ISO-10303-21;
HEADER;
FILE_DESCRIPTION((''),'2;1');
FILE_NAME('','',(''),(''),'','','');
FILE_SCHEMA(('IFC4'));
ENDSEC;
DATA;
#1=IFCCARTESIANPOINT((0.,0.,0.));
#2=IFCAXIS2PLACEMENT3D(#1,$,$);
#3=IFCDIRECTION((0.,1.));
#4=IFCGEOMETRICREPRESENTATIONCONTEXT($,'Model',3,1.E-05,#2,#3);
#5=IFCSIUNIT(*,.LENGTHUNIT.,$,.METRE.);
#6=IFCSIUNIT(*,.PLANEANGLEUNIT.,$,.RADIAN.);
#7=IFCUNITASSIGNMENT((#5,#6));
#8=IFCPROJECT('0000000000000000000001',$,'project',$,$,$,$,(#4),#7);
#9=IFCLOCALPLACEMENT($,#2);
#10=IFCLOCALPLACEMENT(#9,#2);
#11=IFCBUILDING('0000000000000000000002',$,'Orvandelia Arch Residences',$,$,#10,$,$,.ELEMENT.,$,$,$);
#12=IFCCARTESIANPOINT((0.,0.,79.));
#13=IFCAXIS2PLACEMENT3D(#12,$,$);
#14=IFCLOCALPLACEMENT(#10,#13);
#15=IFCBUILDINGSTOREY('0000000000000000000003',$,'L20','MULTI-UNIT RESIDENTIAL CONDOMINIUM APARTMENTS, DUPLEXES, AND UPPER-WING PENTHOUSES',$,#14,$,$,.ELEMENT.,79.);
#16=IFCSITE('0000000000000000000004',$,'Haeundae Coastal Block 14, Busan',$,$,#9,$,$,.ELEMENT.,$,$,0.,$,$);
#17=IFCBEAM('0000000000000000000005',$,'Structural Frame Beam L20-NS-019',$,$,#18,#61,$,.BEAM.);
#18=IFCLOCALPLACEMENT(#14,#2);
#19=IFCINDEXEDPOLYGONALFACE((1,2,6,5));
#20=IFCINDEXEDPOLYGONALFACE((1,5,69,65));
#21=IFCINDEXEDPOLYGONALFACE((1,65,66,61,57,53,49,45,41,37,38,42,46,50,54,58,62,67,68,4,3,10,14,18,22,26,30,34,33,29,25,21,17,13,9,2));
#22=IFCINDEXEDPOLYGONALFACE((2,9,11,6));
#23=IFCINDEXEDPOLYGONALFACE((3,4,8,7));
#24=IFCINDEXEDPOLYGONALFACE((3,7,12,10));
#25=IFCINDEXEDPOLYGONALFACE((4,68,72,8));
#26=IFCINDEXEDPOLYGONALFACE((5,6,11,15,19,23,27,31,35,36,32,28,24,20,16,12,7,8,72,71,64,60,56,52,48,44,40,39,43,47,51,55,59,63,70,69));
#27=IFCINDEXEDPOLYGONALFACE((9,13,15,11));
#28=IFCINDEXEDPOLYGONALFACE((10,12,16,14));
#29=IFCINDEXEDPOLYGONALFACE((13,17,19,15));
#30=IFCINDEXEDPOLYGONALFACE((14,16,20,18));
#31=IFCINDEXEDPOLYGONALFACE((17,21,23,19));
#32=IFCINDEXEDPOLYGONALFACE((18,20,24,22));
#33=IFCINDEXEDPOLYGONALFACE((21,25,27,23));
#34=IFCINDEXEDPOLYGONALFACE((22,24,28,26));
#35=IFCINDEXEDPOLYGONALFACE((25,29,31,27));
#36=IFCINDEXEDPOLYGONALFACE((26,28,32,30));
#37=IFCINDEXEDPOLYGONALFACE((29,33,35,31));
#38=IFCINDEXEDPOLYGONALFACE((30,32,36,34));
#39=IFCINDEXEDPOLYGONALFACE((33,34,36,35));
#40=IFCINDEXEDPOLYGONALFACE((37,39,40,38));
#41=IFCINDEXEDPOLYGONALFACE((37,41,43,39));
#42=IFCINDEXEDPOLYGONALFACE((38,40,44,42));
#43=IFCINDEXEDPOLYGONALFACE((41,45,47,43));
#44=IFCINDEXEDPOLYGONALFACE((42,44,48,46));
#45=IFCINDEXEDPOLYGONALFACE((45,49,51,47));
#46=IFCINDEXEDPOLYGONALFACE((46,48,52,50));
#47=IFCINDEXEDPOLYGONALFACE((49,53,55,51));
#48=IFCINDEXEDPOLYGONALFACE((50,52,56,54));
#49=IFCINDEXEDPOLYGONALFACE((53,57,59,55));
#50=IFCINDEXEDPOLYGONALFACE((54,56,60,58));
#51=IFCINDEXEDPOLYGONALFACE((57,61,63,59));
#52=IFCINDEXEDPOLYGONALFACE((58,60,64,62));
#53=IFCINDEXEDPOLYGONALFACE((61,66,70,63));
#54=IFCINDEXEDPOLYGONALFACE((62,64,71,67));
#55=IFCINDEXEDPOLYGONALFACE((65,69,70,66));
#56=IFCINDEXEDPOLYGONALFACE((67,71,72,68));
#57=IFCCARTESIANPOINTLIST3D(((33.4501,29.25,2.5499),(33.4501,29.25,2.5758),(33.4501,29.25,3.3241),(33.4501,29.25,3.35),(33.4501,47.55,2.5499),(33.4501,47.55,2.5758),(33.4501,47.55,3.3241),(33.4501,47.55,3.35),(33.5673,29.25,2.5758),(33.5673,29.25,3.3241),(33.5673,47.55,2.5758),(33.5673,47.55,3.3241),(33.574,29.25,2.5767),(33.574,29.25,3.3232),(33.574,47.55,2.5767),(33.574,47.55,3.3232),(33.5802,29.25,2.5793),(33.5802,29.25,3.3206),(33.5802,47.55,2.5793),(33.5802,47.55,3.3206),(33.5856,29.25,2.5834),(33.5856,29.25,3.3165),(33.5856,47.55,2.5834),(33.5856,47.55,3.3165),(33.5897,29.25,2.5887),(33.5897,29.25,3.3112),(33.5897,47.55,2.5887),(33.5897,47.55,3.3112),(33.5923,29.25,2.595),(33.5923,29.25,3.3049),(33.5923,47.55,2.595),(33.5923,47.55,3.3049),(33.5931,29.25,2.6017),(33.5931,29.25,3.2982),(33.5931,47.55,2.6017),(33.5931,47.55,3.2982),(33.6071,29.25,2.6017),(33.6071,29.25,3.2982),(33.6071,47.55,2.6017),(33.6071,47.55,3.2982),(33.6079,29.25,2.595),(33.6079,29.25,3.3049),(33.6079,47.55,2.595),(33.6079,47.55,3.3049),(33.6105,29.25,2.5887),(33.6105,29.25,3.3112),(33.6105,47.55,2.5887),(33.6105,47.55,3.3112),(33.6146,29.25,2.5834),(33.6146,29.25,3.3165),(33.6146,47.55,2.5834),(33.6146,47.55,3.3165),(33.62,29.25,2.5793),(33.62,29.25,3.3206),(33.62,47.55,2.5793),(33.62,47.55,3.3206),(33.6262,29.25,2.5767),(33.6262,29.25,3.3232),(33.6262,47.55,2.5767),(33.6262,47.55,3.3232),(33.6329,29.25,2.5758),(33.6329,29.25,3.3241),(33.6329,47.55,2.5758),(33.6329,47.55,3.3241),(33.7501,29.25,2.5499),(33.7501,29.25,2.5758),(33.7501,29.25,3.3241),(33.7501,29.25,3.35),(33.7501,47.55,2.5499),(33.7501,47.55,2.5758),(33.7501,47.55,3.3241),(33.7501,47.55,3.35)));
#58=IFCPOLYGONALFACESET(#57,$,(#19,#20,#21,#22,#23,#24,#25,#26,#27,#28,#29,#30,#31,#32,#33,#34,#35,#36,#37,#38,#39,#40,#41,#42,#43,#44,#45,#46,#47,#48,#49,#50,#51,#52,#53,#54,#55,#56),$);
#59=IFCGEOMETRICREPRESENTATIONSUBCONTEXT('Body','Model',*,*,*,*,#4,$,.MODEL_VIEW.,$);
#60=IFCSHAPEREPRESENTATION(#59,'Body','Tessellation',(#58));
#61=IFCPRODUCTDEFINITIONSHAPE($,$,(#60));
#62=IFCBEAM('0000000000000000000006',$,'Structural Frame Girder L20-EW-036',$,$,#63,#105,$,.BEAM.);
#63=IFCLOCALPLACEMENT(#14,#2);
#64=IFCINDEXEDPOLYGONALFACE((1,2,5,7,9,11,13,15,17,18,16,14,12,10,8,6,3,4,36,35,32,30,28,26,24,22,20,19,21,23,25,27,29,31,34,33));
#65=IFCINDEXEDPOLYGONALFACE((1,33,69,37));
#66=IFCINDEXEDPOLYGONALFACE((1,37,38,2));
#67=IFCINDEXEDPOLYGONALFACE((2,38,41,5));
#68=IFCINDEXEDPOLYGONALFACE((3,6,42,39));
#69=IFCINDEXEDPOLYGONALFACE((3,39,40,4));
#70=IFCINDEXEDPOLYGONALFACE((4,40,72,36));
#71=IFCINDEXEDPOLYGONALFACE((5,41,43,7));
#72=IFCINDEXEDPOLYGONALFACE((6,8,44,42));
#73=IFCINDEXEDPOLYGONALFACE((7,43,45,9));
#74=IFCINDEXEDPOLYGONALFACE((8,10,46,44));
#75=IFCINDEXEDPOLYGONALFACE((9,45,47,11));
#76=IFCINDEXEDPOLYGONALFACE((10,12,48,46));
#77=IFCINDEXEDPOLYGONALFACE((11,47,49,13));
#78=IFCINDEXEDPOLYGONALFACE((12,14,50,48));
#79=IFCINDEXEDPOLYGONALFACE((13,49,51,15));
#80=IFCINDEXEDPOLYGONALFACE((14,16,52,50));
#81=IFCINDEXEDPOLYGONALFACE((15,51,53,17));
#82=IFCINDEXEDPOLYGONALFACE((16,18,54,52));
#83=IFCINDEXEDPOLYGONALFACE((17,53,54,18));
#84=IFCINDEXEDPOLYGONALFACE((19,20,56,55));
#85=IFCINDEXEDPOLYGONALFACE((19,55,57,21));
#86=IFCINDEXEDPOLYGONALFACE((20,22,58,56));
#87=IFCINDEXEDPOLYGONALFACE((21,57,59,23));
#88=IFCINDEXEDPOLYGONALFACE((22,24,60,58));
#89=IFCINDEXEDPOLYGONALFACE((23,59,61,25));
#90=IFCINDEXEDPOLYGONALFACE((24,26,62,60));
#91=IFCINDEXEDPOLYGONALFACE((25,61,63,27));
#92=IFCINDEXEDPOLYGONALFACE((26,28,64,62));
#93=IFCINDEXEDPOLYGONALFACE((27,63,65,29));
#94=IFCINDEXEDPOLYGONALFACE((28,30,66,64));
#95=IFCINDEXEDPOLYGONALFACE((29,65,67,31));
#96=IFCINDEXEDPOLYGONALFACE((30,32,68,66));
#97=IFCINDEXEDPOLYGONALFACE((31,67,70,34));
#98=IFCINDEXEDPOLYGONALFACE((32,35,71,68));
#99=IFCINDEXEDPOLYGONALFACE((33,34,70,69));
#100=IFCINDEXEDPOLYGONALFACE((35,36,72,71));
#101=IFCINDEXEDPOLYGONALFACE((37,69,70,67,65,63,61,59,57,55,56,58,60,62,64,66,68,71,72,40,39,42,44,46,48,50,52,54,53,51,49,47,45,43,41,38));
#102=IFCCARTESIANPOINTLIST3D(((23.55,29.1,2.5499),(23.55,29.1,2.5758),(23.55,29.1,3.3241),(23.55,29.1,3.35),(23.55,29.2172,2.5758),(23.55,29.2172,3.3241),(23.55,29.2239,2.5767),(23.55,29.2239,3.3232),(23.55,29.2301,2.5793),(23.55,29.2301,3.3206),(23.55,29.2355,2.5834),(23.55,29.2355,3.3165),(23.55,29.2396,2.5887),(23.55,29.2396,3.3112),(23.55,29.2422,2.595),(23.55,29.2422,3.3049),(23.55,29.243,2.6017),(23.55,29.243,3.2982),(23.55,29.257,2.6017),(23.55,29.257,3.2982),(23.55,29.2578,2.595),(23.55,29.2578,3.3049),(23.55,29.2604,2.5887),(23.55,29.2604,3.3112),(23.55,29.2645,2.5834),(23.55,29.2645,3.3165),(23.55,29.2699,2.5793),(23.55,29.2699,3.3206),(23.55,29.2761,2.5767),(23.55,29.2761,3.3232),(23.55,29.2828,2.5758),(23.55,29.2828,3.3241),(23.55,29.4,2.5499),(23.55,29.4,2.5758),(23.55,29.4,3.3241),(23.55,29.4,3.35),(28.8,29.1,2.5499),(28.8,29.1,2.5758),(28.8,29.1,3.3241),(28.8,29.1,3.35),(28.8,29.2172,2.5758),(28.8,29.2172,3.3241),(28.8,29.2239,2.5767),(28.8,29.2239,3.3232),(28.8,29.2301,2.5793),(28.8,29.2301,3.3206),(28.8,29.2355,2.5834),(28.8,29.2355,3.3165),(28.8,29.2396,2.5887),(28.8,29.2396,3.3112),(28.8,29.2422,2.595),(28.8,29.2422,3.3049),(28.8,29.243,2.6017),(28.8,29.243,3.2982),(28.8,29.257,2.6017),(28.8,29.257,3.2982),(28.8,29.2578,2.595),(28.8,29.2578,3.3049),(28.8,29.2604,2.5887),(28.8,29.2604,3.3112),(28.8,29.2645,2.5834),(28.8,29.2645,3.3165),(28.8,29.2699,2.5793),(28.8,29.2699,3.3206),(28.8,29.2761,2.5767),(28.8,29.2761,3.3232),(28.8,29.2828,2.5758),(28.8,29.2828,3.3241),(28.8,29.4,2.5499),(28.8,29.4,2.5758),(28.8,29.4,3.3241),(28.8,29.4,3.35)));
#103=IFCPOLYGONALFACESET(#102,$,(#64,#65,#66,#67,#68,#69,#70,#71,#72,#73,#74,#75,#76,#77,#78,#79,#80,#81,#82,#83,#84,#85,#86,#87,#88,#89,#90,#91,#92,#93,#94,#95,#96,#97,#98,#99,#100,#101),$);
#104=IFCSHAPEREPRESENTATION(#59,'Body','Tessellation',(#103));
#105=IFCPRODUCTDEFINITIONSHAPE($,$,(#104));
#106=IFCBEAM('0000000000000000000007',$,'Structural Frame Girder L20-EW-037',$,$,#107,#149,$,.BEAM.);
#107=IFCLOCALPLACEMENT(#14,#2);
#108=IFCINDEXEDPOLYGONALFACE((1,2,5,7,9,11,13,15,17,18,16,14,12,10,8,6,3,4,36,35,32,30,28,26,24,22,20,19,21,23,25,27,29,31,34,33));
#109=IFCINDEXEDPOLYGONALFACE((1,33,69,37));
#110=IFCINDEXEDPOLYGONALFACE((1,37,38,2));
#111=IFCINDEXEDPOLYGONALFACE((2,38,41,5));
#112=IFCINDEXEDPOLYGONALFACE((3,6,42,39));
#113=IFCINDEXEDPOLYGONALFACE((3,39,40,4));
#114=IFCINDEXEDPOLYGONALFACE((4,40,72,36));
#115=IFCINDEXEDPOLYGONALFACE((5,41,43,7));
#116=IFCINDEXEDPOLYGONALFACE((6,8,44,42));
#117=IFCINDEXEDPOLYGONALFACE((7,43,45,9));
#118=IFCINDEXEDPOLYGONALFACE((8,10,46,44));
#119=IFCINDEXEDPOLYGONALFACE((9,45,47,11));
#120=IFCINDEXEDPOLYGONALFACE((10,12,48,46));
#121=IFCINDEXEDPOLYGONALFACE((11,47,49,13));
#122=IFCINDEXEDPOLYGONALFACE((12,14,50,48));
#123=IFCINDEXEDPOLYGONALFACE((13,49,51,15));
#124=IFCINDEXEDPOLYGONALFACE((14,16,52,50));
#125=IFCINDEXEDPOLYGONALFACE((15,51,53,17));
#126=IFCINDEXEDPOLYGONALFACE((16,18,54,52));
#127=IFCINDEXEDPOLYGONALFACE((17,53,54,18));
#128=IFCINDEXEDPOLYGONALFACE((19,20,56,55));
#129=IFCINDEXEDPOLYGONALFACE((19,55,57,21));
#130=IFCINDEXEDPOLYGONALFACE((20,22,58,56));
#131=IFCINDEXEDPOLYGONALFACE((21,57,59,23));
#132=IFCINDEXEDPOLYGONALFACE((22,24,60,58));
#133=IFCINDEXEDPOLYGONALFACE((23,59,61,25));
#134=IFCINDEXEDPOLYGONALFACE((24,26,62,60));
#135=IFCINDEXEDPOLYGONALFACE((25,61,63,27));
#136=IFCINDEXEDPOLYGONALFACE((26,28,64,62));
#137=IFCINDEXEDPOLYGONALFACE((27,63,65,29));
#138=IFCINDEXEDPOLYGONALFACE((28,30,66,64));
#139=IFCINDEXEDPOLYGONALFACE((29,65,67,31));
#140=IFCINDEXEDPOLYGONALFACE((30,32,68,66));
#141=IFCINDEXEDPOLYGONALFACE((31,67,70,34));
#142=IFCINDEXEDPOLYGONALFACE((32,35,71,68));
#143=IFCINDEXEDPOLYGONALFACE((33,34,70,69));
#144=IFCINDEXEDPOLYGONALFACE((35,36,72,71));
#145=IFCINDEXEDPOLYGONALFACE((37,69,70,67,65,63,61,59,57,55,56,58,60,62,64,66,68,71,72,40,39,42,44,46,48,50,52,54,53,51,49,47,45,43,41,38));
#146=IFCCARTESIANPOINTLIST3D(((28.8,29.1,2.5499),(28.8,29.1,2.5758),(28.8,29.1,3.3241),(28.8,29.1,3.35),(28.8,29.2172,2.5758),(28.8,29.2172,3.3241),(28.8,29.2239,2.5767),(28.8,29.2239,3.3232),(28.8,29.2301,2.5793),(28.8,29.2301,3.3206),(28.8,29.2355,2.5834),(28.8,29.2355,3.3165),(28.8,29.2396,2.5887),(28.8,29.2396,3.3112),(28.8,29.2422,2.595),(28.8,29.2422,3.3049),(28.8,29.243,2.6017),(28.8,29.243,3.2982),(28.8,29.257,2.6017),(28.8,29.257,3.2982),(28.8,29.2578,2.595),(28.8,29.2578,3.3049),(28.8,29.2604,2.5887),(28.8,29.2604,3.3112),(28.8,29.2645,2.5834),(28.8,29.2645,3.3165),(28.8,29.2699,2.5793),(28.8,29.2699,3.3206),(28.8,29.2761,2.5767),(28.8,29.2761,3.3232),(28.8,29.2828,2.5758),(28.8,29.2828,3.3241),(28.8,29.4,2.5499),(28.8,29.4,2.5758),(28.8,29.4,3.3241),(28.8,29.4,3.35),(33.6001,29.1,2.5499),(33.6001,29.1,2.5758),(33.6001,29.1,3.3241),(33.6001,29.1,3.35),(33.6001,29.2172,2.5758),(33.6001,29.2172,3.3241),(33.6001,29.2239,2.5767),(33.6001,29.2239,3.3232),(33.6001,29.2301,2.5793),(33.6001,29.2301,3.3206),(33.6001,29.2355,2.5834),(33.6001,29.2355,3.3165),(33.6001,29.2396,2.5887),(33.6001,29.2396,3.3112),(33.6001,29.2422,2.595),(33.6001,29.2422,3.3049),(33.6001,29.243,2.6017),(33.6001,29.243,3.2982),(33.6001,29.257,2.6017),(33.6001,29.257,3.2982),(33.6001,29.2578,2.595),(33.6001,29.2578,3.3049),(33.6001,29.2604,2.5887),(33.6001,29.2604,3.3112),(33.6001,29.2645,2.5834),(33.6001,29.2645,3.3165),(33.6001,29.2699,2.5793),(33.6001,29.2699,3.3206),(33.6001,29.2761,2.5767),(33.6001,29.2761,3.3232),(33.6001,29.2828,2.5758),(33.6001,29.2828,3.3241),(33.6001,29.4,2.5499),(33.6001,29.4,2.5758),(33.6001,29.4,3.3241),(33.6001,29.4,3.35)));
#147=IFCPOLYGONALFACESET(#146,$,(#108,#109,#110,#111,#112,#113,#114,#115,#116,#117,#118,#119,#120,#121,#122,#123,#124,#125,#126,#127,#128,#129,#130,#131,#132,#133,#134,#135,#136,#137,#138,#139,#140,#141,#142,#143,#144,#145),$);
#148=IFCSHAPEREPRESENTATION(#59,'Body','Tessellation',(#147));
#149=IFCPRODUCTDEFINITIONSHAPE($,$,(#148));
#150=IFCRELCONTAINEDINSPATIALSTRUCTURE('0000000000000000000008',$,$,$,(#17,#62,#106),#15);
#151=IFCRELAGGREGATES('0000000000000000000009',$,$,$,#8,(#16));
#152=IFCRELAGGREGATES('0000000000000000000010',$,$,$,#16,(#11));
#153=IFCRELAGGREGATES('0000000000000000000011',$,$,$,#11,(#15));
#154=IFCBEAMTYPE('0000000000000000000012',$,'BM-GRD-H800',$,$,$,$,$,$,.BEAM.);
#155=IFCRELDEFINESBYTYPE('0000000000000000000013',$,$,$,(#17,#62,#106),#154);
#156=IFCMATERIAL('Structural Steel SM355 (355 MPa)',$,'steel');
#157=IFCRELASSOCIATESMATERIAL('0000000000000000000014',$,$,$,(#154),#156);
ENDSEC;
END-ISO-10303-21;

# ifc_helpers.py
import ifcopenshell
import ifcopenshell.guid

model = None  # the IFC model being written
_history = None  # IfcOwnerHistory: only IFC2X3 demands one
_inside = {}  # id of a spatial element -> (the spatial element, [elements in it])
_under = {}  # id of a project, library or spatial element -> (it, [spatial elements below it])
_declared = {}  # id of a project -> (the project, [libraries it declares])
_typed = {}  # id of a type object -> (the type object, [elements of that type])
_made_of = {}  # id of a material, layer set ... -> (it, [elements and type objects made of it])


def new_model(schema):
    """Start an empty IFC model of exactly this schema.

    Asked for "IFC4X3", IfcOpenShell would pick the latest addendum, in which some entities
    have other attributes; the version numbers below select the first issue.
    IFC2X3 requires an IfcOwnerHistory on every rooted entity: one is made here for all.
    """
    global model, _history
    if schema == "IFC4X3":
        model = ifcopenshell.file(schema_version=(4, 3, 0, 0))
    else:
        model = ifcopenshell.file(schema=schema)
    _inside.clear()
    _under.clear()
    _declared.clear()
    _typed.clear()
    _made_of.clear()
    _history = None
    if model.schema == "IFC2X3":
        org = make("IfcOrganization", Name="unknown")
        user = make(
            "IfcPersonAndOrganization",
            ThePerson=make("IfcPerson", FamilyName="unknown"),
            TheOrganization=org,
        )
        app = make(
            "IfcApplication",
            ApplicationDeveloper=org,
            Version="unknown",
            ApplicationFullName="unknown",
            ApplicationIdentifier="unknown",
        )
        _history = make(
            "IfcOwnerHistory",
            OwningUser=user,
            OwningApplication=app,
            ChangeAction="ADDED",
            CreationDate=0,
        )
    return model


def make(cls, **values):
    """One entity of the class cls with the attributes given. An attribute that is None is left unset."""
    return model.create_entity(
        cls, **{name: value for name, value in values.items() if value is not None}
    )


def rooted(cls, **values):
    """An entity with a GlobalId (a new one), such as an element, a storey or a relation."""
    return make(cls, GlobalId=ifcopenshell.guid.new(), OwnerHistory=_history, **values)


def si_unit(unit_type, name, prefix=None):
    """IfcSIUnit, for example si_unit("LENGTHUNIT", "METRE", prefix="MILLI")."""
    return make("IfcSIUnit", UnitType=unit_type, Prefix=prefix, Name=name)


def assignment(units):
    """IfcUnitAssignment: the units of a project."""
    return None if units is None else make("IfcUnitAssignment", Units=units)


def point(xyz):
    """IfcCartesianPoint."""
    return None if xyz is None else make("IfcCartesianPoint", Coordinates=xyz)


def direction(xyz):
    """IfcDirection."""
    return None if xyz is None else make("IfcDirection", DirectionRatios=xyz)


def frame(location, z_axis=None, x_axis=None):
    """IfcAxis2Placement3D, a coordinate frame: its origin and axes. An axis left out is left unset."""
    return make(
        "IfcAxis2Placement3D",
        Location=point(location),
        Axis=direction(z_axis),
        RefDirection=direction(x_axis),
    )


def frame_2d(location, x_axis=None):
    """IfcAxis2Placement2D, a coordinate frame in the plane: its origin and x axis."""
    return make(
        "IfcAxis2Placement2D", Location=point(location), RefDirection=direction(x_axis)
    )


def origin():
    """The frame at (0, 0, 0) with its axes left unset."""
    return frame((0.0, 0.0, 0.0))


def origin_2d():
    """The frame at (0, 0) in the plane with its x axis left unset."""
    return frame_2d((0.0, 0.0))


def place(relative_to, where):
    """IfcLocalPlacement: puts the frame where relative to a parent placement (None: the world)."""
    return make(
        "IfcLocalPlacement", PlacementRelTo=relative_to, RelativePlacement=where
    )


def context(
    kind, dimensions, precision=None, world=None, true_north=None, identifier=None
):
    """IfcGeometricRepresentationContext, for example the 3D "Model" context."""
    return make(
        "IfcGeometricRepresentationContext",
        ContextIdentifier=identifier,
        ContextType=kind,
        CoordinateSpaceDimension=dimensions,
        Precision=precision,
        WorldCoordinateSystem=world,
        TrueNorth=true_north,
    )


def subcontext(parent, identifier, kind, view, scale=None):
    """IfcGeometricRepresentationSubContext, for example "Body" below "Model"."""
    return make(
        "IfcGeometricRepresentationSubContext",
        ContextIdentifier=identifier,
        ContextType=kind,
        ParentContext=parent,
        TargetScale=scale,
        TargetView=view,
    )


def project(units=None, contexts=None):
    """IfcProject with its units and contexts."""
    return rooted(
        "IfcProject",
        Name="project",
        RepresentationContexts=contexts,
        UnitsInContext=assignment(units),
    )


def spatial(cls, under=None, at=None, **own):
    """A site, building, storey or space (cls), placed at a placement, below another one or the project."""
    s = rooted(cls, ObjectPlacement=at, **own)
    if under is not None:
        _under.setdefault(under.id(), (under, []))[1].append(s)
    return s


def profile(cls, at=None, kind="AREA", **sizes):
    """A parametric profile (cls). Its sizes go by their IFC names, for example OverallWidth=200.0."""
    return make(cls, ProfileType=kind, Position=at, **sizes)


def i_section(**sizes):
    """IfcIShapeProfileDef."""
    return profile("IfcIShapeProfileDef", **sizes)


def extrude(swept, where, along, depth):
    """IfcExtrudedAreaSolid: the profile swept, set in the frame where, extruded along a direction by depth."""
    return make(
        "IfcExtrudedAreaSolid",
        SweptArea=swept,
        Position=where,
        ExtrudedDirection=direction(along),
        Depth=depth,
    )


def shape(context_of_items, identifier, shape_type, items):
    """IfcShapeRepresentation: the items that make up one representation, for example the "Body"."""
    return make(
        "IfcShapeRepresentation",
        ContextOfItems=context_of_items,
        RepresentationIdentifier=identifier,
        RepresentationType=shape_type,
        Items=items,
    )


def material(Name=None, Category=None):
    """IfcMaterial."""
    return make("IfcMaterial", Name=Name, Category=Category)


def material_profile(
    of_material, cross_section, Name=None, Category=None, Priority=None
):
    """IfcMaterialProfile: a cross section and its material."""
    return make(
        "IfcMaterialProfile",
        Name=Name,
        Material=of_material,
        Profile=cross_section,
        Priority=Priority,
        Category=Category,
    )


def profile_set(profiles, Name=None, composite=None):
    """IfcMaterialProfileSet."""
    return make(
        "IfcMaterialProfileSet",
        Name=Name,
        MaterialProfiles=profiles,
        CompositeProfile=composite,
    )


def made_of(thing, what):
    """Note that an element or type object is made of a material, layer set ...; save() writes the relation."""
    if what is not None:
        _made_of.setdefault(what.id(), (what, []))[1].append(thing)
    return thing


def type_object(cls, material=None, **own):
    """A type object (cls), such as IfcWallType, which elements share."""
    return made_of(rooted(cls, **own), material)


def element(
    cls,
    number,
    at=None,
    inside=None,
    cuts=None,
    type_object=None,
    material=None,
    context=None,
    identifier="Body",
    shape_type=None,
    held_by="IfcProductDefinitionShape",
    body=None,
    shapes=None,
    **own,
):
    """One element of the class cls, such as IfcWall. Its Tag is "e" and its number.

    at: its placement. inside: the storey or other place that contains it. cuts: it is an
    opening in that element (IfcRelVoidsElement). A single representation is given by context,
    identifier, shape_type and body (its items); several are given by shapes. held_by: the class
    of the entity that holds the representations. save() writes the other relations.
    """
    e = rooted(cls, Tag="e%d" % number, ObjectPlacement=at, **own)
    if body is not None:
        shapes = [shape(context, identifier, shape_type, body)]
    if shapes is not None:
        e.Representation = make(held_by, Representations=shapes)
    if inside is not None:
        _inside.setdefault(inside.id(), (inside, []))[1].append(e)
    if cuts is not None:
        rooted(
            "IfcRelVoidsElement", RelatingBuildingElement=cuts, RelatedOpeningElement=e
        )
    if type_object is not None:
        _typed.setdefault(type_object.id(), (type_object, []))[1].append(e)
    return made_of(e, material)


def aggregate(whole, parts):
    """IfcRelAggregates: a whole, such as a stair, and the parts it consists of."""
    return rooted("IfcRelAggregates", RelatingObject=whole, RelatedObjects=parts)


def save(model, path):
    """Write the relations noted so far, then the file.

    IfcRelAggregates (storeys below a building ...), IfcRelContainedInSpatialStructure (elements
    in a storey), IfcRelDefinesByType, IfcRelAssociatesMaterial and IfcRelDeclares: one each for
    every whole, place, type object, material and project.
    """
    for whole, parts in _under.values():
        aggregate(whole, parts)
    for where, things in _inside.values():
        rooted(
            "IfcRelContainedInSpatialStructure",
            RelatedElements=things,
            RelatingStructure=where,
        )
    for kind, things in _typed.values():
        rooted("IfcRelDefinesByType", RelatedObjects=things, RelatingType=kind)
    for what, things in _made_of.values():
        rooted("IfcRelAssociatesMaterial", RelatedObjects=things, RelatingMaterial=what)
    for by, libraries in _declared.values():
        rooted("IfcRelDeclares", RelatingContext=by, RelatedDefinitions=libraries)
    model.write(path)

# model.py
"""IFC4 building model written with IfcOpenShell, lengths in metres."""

from ifc_helpers import new_model, si_unit, direction, frame, origin, origin_2d, place, context, subcontext, project, spatial, i_section, extrude, material, material_profile, profile_set, type_object, element, save


model = new_model("IFC4")

# Units and contexts
model_context = context("Model", 3, precision=1e-05, world=origin(), true_north=direction((0.0, 1.0)))
body_context = subcontext(model_context, "Body", "Model", "MODEL_VIEW")
ifc_project = project(units=[si_unit("LENGTHUNIT", "METRE"), si_unit("PLANEANGLEUNIT", "RADIAN")], contexts=[model_context])

# Site, building, storey
site_placement = place(None, origin())
site = spatial("IfcSite", under=ifc_project, at=site_placement, Name="Haeundae Coastal Block 14, Busan", CompositionType="ELEMENT", RefElevation=0.0)
building_placement = place(site_placement, origin())
building = spatial("IfcBuilding", under=site, at=building_placement, Name="Orvandelia Arch Residences", CompositionType="ELEMENT")
storey_placement = place(building_placement, frame((0.0, 0.0, 79.0)))
storey = spatial("IfcBuildingStorey", under=building, at=storey_placement, Name="L20", Description="MULTI-UNIT RESIDENTIAL CONDOMINIUM APARTMENTS, DUPLEXES, AND UPPER-WING PENTHOUSES", CompositionType="ELEMENT", Elevation=79.0)

# Beams
ifc_material_1 = material(Name="Structural Steel SM355 (355 MPa)", Category="steel")
ifc_material_profile_1 = material_profile(ifc_material_1, i_section(OverallWidth=0.3, OverallDepth=0.8, WebThickness=0.0139, FlangeThickness=0.0259, FilletRadius=0.0259, at=origin_2d()), Name="Structural Steel SM355 (355 MPa)", Category="steel")
ifc_profile_set_1 = profile_set([ifc_material_profile_1], Name="Structural Steel SM355 (355 MPa)")
beam_type = type_object("IfcBeamType", Name="BM-GRD-H800", PredefinedType="BEAM", material=ifc_profile_set_1)
for number, where, z_axis, x_axis, name in (
    (1, (33.6001, 29.25, 2.95), (0.0, 1.0, 0.0), (-1.0, 0.0, 0.0), "Structural Frame Beam L20-NS-019"),
):
    element("IfcBeam", number, at=place(storey_placement, frame(where, z_axis=z_axis, x_axis=x_axis)), inside=storey, type_object=beam_type, Name=name, PredefinedType="BEAM", context=body_context, shape_type="SweptSolid", body=[
        extrude(i_section(OverallWidth=0.3, OverallDepth=0.8, WebThickness=0.0139, FlangeThickness=0.0259, FilletRadius=0.0259, at=origin_2d()), origin(), (0.0, 0.0, 1.0), 18.3),
    ])
beam_1_placement = place(storey_placement, frame((23.55, 29.25, 2.95), z_axis=(1.0, 0.0, 0.0), x_axis=(0.0, 1.0, 0.0)))
element("IfcBeam", 2, at=beam_1_placement, inside=storey, type_object=beam_type, Name="Structural Frame Girder L20-EW-036", PredefinedType="BEAM", context=body_context, shape_type="SweptSolid", body=[
    extrude(i_section(OverallWidth=0.3, OverallDepth=0.8, WebThickness=0.0139, FlangeThickness=0.0259, FilletRadius=0.0259, at=origin_2d()), origin(), (0.0, 0.0, 1.0), 5.25),
])
beam_2_placement = place(storey_placement, frame((28.8, 29.25, 2.95), z_axis=(1.0, 0.0, 0.0), x_axis=(0.0, 1.0, 0.0)))
element("IfcBeam", 3, at=beam_2_placement, inside=storey, type_object=beam_type, Name="Structural Frame Girder L20-EW-037", PredefinedType="BEAM", context=body_context, shape_type="SweptSolid", body=[
    extrude(i_section(OverallWidth=0.3, OverallDepth=0.8, WebThickness=0.0139, FlangeThickness=0.0259, FilletRadius=0.0259, at=origin_2d()), origin(), (0.0, 0.0, 1.0), 4.8),
])

save(model, "model.ifc")
